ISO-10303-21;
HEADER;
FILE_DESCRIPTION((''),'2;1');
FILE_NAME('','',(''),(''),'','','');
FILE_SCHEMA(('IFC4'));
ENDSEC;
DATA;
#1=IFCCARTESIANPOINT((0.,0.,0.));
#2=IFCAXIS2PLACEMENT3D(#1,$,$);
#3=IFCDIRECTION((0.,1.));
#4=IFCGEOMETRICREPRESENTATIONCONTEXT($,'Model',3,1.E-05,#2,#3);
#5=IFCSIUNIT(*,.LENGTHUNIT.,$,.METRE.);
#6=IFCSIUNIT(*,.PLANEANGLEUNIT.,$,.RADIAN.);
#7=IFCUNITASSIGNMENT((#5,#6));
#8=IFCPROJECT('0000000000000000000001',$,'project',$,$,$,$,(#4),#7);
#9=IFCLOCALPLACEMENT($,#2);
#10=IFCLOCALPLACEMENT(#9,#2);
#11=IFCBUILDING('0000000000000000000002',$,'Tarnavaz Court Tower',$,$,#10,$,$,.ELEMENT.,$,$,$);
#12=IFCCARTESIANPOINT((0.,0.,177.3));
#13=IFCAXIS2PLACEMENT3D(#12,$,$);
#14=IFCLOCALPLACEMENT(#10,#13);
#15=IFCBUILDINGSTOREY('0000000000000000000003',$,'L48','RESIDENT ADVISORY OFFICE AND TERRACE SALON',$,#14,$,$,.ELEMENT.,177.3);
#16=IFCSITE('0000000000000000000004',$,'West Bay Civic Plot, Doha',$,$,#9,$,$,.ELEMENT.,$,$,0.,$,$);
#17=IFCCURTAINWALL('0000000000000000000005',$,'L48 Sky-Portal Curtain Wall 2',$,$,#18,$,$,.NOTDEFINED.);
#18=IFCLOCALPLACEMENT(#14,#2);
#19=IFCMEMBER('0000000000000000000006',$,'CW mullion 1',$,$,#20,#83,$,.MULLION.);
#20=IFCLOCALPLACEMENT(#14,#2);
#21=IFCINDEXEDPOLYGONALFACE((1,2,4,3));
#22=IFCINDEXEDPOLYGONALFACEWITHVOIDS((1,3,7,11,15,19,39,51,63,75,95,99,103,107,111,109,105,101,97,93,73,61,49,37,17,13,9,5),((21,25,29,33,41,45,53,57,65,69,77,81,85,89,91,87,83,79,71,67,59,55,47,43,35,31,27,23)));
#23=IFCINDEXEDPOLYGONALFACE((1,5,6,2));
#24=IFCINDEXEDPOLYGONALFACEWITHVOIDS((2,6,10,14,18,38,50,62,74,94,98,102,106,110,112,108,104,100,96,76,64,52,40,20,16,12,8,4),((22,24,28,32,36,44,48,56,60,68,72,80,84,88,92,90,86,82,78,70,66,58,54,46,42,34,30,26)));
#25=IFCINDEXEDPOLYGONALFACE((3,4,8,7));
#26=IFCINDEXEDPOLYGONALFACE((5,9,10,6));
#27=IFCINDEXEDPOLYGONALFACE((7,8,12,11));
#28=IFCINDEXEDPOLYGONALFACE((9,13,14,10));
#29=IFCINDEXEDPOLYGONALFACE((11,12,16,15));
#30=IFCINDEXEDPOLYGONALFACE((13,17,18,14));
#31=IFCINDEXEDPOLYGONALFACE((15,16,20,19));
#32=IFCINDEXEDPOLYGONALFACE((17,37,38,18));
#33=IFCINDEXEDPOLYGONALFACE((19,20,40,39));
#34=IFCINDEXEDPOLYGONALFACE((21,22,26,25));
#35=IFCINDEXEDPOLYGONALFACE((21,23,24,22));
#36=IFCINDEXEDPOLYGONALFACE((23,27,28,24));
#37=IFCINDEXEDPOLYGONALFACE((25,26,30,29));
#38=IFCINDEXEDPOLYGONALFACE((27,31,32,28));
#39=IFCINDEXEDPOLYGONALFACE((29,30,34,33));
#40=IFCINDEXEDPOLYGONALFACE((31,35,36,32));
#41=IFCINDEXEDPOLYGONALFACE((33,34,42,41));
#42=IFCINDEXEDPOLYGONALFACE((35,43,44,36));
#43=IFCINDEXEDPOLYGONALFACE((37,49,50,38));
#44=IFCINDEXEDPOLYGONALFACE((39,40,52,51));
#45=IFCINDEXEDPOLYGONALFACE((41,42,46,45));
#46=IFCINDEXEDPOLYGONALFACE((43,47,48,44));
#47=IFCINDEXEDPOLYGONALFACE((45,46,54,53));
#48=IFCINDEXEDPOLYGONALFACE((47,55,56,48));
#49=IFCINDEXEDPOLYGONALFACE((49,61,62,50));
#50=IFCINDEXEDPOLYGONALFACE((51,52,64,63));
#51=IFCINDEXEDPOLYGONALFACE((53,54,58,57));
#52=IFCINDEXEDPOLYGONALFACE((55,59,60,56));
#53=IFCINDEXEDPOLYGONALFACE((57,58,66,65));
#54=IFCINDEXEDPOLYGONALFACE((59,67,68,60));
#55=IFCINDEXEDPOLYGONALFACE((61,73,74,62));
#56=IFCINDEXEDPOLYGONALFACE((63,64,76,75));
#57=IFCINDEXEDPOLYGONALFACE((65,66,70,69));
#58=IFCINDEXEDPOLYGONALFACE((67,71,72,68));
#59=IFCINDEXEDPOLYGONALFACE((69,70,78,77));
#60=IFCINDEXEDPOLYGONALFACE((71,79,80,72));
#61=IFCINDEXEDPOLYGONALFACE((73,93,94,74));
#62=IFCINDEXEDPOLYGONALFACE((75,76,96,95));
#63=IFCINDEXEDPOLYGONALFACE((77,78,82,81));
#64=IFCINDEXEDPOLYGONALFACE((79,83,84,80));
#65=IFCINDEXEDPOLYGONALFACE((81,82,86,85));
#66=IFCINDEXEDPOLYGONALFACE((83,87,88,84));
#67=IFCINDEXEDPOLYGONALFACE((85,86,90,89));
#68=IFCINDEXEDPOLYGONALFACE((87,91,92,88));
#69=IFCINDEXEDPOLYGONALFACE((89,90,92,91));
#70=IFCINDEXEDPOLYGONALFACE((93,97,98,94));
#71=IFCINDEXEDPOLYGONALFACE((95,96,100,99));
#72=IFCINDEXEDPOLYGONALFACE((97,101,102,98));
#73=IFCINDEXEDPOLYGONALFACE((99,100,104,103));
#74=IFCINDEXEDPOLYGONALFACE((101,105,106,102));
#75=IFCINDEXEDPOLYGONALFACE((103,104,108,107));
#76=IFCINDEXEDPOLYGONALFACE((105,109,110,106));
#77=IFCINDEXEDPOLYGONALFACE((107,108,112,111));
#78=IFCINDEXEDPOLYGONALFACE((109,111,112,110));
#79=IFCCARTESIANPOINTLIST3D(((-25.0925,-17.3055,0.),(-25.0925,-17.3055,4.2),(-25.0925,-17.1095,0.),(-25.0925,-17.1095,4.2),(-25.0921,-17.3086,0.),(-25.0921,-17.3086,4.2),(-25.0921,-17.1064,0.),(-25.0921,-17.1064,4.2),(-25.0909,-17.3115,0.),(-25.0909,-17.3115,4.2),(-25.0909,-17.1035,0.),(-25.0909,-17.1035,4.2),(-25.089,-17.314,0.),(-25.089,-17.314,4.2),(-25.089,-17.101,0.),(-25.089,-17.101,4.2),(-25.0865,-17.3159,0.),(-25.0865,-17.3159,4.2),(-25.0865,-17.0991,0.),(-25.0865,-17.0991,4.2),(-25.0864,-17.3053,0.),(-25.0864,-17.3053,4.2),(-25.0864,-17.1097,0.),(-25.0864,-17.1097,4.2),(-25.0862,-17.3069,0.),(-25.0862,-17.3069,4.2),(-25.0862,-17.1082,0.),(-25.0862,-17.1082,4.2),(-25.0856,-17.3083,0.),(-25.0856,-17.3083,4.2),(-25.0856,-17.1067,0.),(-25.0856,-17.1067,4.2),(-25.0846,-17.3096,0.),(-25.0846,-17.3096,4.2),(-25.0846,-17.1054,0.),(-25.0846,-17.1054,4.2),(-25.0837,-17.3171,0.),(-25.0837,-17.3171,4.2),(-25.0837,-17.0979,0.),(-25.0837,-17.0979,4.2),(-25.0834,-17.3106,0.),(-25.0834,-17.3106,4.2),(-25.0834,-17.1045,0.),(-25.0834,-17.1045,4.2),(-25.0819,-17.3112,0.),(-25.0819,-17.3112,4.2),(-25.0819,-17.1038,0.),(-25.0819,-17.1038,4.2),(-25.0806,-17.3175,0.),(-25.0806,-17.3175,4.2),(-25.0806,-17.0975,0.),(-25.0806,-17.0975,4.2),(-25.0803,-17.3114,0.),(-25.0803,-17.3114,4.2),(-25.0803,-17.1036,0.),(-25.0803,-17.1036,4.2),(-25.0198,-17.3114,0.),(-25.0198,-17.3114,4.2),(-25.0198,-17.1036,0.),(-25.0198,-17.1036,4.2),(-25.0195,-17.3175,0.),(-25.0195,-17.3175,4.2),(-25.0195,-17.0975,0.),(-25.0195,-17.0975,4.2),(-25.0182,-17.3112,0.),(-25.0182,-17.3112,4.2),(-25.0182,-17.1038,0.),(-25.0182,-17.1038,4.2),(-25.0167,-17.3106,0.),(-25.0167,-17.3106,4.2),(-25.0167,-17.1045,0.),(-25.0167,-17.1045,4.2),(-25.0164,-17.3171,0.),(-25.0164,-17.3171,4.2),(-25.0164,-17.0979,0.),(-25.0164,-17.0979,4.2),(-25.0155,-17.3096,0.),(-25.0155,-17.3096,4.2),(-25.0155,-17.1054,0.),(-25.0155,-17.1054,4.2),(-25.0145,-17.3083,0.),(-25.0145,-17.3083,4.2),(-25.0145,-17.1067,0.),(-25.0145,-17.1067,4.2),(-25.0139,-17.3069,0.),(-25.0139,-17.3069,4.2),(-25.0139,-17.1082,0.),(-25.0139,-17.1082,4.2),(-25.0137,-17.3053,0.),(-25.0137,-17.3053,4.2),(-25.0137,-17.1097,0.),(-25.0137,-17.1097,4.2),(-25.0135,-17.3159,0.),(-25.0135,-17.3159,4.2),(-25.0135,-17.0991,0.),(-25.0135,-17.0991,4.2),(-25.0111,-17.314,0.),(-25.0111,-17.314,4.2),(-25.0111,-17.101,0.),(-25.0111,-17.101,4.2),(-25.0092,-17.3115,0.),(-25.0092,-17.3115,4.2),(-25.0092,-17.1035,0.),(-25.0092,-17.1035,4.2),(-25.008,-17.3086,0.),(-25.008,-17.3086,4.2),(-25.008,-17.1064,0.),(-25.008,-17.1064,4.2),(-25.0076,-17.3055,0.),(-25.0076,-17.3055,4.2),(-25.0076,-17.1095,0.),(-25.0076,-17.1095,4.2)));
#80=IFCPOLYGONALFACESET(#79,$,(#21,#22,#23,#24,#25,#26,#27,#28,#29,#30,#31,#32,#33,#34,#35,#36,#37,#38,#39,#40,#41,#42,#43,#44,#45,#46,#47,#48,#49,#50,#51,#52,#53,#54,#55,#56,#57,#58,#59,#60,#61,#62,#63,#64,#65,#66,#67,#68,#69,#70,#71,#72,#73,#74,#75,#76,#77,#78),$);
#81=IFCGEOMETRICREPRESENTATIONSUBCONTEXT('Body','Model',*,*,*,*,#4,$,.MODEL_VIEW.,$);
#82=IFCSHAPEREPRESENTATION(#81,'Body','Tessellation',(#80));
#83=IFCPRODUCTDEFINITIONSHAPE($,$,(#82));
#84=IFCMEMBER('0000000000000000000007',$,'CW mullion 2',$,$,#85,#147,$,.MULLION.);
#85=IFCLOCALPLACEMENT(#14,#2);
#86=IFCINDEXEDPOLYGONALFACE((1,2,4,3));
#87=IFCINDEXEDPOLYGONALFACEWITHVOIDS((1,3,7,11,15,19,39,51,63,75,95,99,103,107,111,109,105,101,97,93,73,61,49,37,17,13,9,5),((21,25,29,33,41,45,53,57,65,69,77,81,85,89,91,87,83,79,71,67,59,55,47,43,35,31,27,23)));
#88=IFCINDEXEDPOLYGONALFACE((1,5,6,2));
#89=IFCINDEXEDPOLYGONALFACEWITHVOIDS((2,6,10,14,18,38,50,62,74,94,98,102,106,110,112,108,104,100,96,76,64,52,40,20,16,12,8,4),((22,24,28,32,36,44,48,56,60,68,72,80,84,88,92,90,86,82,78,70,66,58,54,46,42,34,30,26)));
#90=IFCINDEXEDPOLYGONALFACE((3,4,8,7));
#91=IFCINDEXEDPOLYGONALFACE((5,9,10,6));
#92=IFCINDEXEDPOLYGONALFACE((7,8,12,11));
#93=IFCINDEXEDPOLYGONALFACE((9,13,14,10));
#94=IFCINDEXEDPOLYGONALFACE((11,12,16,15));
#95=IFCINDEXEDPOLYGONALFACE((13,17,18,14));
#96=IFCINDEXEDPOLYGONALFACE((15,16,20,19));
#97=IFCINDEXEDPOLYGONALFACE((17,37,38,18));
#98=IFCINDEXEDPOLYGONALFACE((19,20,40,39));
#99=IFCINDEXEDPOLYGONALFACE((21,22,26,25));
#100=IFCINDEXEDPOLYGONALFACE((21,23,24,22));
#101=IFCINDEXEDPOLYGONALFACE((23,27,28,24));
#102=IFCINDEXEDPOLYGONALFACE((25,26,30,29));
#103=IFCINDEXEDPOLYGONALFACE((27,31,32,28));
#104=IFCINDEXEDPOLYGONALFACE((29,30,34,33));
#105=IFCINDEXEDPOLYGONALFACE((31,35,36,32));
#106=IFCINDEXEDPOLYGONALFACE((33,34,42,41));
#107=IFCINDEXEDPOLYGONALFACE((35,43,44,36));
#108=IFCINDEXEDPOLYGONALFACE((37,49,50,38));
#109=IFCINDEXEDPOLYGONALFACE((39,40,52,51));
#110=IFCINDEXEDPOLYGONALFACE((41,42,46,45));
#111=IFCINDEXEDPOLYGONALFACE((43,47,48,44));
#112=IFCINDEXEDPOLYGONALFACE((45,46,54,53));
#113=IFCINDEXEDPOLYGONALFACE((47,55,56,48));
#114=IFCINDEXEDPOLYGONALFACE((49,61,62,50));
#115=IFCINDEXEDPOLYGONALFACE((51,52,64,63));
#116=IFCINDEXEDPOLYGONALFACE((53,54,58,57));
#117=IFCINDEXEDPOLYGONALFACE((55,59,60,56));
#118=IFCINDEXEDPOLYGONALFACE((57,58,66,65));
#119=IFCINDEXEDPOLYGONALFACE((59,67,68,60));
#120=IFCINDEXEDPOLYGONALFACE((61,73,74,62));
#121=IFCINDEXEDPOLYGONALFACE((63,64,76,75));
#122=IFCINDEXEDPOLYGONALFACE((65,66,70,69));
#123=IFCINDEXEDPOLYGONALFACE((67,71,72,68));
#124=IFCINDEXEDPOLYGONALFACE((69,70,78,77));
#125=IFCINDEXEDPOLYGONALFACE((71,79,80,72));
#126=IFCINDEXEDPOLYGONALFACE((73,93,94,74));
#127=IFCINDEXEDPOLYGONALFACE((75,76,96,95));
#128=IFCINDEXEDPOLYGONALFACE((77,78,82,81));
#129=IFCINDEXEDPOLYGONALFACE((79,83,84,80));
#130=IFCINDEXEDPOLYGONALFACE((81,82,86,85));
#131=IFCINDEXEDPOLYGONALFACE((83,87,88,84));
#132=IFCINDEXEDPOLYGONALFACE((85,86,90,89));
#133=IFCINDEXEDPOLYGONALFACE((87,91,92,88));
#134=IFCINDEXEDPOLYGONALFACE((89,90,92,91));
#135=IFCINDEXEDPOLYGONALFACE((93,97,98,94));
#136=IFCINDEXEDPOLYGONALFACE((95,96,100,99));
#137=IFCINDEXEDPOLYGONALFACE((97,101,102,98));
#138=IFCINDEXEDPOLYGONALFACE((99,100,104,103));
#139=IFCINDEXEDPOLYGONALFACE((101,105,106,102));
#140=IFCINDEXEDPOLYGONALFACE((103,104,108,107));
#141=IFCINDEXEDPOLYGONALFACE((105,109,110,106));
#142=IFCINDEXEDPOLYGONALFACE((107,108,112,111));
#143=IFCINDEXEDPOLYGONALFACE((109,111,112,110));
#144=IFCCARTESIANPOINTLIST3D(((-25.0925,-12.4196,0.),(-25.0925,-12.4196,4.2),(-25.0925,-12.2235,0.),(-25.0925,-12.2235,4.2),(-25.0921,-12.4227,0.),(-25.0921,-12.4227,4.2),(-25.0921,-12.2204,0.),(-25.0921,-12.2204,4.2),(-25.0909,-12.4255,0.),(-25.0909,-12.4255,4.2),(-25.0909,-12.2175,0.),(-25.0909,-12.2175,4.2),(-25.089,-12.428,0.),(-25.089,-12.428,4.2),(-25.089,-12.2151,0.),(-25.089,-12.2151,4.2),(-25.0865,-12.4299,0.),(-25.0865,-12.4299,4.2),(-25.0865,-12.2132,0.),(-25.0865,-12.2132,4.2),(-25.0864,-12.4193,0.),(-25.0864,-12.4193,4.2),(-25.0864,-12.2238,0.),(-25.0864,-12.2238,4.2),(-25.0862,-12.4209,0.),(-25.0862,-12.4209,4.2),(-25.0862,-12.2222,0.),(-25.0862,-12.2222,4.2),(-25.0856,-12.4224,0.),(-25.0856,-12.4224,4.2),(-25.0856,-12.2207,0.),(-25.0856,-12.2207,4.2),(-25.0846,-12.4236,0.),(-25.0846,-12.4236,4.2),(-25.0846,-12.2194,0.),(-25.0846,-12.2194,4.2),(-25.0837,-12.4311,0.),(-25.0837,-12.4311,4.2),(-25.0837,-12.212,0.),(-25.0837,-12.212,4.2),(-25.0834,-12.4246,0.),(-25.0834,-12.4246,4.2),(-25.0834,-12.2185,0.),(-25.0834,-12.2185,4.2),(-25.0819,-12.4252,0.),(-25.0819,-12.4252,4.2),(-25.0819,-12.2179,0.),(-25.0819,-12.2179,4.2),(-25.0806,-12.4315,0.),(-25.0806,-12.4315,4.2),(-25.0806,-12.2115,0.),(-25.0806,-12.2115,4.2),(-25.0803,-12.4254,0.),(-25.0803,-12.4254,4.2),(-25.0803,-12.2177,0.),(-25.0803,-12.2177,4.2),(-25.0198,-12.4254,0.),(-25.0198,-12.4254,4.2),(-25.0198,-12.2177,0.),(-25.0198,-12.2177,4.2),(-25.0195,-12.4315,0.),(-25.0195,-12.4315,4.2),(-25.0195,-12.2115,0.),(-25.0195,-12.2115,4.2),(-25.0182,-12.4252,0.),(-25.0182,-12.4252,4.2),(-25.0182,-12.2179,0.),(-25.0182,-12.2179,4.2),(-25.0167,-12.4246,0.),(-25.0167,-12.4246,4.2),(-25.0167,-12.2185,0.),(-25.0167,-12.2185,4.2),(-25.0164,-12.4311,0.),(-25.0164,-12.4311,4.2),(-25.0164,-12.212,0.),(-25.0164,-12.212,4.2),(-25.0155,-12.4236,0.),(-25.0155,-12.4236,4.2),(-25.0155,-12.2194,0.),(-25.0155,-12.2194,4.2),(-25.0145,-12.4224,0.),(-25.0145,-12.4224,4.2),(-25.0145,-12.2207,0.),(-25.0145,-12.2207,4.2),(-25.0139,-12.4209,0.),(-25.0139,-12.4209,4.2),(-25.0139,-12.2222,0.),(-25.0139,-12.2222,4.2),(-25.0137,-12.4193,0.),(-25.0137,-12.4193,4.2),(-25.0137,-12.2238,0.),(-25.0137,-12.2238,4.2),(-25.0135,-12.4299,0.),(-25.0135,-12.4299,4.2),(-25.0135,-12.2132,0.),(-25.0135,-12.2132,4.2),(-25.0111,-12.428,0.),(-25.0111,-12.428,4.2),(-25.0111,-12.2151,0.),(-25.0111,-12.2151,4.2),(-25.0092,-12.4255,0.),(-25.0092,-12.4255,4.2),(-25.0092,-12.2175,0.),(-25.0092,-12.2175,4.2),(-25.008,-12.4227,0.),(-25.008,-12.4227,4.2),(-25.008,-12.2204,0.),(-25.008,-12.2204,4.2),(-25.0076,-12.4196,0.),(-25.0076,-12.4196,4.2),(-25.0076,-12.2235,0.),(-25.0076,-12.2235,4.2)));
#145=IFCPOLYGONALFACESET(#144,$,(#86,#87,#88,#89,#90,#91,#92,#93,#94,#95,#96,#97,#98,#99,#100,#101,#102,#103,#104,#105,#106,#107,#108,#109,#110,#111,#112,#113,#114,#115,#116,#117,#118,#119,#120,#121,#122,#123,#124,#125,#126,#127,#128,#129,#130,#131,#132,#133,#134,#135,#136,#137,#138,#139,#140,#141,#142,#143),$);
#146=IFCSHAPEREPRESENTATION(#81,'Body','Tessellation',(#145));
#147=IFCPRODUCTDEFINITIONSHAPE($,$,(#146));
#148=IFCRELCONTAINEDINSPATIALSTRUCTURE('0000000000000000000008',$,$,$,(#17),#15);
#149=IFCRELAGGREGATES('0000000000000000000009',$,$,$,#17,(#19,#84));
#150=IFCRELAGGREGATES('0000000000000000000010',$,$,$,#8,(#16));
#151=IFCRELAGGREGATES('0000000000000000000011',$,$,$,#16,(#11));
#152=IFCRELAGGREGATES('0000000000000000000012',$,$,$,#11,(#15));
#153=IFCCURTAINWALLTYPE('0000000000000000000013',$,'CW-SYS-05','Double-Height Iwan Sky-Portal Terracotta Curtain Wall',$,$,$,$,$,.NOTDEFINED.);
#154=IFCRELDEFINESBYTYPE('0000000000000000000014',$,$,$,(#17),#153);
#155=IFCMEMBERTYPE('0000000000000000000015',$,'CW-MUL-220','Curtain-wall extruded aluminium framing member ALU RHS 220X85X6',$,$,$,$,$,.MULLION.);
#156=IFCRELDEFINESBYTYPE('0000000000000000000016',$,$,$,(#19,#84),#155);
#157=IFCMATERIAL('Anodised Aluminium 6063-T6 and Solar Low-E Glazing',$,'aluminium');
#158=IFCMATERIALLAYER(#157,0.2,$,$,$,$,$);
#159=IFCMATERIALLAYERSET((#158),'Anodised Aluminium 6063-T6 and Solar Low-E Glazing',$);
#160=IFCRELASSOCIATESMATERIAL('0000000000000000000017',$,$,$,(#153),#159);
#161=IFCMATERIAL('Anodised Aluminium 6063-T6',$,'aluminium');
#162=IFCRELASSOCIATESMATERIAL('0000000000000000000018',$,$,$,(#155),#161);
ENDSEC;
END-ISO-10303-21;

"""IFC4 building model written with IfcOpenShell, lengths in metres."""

from ifc_helpers import new_model, si_unit, direction, frame, origin, origin_2d, place, context, subcontext, project, spatial, hollow_rectangle, extrude, material, layer, layer_set, material_profile, profile_set, type_object, element, aggregate, save


model = new_model("IFC4")

# Units and contexts
model_context = context("Model", 3, precision=1e-05, world=origin(), true_north=direction((0.0, 1.0)))
body_context = subcontext(model_context, "Body", "Model", "MODEL_VIEW")
ifc_project = project(units=[si_unit("LENGTHUNIT", "METRE"), si_unit("PLANEANGLEUNIT", "RADIAN")], contexts=[model_context])

# Site, building, storey
site_placement = place(None, origin())
site = spatial("IfcSite", under=ifc_project, at=site_placement, Name="West Bay Civic Plot, Doha", CompositionType="ELEMENT", RefElevation=0.0)
building_placement = place(site_placement, origin())
building = spatial("IfcBuilding", under=site, at=building_placement, Name="Tarnavaz Court Tower", CompositionType="ELEMENT")
storey_placement = place(building_placement, frame((0.0, 0.0, 177.3)))
storey = spatial("IfcBuildingStorey", under=building, at=storey_placement, Name="L48", Description="RESIDENT ADVISORY OFFICE AND TERRACE SALON", CompositionType="ELEMENT", Elevation=177.3)

# Curtain wall, members
ifc_material_1 = material(Name="Anodised Aluminium 6063-T6 and Solar Low-E Glazing", Category="aluminium")
ifc_layer_1 = layer(ifc_material_1, 0.2)
ifc_layer_set_1 = layer_set([ifc_layer_1], Name="Anodised Aluminium 6063-T6 and Solar Low-E Glazing")
curtain_wall_type = type_object("IfcCurtainWallType", Name="CW-SYS-05", Description="Double-Height Iwan Sky-Portal Terracotta Curtain Wall", PredefinedType="NOTDEFINED", material=ifc_layer_set_1)
curtain_wall_placement = place(storey_placement, origin())
curtain_wall = element("IfcCurtainWall", 1, at=curtain_wall_placement, inside=storey, type_object=curtain_wall_type, Name="L48 Sky-Portal Curtain Wall 2", PredefinedType="NOTDEFINED")
ifc_material_2 = material(Name="Anodised Aluminium 6063-T6", Category="aluminium")
ifc_material_profile_1 = material_profile(ifc_material_2, hollow_rectangle(XDim=0.085, YDim=0.22, WallThickness=0.0061, InnerFilletRadius=0.0061, OuterFilletRadius=0.012, at=origin_2d()), Name="ALU RHS 220X85X6")
ifc_profile_set_1 = profile_set([ifc_material_profile_1], Name="Anodised Aluminium 6063-T6")
member_type_1 = type_object("IfcMemberType", Name="CW-MUL-220", Description="Curtain-wall extruded aluminium framing member ALU RHS 220X85X6", PredefinedType="MULLION", material=ifc_profile_set_1)
member_1_placement = place(storey_placement, frame((-25.05, -17.2075, 0.0), z_axis=(0.0, 0.0, 1.0), x_axis=(-1.0, 0.0, 0.0)))
member_1 = element("IfcMember", 2, at=member_1_placement, type_object=member_type_1, Name="CW mullion 1", PredefinedType="MULLION", context=body_context, shape_type="SweptSolid", body=[
    extrude(hollow_rectangle(XDim=0.085, YDim=0.22, WallThickness=0.0061, InnerFilletRadius=0.0061, OuterFilletRadius=0.012, at=origin_2d()), origin(), (0.0, 0.0, 1.0), 4.2),
])
member_2_placement = place(storey_placement, frame((-25.05, -12.3215, 0.0), z_axis=(0.0, 0.0, 1.0), x_axis=(-1.0, 0.0, 0.0)))
member_2 = element("IfcMember", 3, at=member_2_placement, type_object=member_type_1, Name="CW mullion 2", PredefinedType="MULLION", context=body_context, shape_type="SweptSolid", body=[
    extrude(hollow_rectangle(XDim=0.085, YDim=0.22, WallThickness=0.0061, InnerFilletRadius=0.0061, OuterFilletRadius=0.012, at=origin_2d()), origin(), (0.0, 0.0, 1.0), 4.2),
])
aggregate(curtain_wall, [member_1, member_2])

save(model, "model.ifc")
